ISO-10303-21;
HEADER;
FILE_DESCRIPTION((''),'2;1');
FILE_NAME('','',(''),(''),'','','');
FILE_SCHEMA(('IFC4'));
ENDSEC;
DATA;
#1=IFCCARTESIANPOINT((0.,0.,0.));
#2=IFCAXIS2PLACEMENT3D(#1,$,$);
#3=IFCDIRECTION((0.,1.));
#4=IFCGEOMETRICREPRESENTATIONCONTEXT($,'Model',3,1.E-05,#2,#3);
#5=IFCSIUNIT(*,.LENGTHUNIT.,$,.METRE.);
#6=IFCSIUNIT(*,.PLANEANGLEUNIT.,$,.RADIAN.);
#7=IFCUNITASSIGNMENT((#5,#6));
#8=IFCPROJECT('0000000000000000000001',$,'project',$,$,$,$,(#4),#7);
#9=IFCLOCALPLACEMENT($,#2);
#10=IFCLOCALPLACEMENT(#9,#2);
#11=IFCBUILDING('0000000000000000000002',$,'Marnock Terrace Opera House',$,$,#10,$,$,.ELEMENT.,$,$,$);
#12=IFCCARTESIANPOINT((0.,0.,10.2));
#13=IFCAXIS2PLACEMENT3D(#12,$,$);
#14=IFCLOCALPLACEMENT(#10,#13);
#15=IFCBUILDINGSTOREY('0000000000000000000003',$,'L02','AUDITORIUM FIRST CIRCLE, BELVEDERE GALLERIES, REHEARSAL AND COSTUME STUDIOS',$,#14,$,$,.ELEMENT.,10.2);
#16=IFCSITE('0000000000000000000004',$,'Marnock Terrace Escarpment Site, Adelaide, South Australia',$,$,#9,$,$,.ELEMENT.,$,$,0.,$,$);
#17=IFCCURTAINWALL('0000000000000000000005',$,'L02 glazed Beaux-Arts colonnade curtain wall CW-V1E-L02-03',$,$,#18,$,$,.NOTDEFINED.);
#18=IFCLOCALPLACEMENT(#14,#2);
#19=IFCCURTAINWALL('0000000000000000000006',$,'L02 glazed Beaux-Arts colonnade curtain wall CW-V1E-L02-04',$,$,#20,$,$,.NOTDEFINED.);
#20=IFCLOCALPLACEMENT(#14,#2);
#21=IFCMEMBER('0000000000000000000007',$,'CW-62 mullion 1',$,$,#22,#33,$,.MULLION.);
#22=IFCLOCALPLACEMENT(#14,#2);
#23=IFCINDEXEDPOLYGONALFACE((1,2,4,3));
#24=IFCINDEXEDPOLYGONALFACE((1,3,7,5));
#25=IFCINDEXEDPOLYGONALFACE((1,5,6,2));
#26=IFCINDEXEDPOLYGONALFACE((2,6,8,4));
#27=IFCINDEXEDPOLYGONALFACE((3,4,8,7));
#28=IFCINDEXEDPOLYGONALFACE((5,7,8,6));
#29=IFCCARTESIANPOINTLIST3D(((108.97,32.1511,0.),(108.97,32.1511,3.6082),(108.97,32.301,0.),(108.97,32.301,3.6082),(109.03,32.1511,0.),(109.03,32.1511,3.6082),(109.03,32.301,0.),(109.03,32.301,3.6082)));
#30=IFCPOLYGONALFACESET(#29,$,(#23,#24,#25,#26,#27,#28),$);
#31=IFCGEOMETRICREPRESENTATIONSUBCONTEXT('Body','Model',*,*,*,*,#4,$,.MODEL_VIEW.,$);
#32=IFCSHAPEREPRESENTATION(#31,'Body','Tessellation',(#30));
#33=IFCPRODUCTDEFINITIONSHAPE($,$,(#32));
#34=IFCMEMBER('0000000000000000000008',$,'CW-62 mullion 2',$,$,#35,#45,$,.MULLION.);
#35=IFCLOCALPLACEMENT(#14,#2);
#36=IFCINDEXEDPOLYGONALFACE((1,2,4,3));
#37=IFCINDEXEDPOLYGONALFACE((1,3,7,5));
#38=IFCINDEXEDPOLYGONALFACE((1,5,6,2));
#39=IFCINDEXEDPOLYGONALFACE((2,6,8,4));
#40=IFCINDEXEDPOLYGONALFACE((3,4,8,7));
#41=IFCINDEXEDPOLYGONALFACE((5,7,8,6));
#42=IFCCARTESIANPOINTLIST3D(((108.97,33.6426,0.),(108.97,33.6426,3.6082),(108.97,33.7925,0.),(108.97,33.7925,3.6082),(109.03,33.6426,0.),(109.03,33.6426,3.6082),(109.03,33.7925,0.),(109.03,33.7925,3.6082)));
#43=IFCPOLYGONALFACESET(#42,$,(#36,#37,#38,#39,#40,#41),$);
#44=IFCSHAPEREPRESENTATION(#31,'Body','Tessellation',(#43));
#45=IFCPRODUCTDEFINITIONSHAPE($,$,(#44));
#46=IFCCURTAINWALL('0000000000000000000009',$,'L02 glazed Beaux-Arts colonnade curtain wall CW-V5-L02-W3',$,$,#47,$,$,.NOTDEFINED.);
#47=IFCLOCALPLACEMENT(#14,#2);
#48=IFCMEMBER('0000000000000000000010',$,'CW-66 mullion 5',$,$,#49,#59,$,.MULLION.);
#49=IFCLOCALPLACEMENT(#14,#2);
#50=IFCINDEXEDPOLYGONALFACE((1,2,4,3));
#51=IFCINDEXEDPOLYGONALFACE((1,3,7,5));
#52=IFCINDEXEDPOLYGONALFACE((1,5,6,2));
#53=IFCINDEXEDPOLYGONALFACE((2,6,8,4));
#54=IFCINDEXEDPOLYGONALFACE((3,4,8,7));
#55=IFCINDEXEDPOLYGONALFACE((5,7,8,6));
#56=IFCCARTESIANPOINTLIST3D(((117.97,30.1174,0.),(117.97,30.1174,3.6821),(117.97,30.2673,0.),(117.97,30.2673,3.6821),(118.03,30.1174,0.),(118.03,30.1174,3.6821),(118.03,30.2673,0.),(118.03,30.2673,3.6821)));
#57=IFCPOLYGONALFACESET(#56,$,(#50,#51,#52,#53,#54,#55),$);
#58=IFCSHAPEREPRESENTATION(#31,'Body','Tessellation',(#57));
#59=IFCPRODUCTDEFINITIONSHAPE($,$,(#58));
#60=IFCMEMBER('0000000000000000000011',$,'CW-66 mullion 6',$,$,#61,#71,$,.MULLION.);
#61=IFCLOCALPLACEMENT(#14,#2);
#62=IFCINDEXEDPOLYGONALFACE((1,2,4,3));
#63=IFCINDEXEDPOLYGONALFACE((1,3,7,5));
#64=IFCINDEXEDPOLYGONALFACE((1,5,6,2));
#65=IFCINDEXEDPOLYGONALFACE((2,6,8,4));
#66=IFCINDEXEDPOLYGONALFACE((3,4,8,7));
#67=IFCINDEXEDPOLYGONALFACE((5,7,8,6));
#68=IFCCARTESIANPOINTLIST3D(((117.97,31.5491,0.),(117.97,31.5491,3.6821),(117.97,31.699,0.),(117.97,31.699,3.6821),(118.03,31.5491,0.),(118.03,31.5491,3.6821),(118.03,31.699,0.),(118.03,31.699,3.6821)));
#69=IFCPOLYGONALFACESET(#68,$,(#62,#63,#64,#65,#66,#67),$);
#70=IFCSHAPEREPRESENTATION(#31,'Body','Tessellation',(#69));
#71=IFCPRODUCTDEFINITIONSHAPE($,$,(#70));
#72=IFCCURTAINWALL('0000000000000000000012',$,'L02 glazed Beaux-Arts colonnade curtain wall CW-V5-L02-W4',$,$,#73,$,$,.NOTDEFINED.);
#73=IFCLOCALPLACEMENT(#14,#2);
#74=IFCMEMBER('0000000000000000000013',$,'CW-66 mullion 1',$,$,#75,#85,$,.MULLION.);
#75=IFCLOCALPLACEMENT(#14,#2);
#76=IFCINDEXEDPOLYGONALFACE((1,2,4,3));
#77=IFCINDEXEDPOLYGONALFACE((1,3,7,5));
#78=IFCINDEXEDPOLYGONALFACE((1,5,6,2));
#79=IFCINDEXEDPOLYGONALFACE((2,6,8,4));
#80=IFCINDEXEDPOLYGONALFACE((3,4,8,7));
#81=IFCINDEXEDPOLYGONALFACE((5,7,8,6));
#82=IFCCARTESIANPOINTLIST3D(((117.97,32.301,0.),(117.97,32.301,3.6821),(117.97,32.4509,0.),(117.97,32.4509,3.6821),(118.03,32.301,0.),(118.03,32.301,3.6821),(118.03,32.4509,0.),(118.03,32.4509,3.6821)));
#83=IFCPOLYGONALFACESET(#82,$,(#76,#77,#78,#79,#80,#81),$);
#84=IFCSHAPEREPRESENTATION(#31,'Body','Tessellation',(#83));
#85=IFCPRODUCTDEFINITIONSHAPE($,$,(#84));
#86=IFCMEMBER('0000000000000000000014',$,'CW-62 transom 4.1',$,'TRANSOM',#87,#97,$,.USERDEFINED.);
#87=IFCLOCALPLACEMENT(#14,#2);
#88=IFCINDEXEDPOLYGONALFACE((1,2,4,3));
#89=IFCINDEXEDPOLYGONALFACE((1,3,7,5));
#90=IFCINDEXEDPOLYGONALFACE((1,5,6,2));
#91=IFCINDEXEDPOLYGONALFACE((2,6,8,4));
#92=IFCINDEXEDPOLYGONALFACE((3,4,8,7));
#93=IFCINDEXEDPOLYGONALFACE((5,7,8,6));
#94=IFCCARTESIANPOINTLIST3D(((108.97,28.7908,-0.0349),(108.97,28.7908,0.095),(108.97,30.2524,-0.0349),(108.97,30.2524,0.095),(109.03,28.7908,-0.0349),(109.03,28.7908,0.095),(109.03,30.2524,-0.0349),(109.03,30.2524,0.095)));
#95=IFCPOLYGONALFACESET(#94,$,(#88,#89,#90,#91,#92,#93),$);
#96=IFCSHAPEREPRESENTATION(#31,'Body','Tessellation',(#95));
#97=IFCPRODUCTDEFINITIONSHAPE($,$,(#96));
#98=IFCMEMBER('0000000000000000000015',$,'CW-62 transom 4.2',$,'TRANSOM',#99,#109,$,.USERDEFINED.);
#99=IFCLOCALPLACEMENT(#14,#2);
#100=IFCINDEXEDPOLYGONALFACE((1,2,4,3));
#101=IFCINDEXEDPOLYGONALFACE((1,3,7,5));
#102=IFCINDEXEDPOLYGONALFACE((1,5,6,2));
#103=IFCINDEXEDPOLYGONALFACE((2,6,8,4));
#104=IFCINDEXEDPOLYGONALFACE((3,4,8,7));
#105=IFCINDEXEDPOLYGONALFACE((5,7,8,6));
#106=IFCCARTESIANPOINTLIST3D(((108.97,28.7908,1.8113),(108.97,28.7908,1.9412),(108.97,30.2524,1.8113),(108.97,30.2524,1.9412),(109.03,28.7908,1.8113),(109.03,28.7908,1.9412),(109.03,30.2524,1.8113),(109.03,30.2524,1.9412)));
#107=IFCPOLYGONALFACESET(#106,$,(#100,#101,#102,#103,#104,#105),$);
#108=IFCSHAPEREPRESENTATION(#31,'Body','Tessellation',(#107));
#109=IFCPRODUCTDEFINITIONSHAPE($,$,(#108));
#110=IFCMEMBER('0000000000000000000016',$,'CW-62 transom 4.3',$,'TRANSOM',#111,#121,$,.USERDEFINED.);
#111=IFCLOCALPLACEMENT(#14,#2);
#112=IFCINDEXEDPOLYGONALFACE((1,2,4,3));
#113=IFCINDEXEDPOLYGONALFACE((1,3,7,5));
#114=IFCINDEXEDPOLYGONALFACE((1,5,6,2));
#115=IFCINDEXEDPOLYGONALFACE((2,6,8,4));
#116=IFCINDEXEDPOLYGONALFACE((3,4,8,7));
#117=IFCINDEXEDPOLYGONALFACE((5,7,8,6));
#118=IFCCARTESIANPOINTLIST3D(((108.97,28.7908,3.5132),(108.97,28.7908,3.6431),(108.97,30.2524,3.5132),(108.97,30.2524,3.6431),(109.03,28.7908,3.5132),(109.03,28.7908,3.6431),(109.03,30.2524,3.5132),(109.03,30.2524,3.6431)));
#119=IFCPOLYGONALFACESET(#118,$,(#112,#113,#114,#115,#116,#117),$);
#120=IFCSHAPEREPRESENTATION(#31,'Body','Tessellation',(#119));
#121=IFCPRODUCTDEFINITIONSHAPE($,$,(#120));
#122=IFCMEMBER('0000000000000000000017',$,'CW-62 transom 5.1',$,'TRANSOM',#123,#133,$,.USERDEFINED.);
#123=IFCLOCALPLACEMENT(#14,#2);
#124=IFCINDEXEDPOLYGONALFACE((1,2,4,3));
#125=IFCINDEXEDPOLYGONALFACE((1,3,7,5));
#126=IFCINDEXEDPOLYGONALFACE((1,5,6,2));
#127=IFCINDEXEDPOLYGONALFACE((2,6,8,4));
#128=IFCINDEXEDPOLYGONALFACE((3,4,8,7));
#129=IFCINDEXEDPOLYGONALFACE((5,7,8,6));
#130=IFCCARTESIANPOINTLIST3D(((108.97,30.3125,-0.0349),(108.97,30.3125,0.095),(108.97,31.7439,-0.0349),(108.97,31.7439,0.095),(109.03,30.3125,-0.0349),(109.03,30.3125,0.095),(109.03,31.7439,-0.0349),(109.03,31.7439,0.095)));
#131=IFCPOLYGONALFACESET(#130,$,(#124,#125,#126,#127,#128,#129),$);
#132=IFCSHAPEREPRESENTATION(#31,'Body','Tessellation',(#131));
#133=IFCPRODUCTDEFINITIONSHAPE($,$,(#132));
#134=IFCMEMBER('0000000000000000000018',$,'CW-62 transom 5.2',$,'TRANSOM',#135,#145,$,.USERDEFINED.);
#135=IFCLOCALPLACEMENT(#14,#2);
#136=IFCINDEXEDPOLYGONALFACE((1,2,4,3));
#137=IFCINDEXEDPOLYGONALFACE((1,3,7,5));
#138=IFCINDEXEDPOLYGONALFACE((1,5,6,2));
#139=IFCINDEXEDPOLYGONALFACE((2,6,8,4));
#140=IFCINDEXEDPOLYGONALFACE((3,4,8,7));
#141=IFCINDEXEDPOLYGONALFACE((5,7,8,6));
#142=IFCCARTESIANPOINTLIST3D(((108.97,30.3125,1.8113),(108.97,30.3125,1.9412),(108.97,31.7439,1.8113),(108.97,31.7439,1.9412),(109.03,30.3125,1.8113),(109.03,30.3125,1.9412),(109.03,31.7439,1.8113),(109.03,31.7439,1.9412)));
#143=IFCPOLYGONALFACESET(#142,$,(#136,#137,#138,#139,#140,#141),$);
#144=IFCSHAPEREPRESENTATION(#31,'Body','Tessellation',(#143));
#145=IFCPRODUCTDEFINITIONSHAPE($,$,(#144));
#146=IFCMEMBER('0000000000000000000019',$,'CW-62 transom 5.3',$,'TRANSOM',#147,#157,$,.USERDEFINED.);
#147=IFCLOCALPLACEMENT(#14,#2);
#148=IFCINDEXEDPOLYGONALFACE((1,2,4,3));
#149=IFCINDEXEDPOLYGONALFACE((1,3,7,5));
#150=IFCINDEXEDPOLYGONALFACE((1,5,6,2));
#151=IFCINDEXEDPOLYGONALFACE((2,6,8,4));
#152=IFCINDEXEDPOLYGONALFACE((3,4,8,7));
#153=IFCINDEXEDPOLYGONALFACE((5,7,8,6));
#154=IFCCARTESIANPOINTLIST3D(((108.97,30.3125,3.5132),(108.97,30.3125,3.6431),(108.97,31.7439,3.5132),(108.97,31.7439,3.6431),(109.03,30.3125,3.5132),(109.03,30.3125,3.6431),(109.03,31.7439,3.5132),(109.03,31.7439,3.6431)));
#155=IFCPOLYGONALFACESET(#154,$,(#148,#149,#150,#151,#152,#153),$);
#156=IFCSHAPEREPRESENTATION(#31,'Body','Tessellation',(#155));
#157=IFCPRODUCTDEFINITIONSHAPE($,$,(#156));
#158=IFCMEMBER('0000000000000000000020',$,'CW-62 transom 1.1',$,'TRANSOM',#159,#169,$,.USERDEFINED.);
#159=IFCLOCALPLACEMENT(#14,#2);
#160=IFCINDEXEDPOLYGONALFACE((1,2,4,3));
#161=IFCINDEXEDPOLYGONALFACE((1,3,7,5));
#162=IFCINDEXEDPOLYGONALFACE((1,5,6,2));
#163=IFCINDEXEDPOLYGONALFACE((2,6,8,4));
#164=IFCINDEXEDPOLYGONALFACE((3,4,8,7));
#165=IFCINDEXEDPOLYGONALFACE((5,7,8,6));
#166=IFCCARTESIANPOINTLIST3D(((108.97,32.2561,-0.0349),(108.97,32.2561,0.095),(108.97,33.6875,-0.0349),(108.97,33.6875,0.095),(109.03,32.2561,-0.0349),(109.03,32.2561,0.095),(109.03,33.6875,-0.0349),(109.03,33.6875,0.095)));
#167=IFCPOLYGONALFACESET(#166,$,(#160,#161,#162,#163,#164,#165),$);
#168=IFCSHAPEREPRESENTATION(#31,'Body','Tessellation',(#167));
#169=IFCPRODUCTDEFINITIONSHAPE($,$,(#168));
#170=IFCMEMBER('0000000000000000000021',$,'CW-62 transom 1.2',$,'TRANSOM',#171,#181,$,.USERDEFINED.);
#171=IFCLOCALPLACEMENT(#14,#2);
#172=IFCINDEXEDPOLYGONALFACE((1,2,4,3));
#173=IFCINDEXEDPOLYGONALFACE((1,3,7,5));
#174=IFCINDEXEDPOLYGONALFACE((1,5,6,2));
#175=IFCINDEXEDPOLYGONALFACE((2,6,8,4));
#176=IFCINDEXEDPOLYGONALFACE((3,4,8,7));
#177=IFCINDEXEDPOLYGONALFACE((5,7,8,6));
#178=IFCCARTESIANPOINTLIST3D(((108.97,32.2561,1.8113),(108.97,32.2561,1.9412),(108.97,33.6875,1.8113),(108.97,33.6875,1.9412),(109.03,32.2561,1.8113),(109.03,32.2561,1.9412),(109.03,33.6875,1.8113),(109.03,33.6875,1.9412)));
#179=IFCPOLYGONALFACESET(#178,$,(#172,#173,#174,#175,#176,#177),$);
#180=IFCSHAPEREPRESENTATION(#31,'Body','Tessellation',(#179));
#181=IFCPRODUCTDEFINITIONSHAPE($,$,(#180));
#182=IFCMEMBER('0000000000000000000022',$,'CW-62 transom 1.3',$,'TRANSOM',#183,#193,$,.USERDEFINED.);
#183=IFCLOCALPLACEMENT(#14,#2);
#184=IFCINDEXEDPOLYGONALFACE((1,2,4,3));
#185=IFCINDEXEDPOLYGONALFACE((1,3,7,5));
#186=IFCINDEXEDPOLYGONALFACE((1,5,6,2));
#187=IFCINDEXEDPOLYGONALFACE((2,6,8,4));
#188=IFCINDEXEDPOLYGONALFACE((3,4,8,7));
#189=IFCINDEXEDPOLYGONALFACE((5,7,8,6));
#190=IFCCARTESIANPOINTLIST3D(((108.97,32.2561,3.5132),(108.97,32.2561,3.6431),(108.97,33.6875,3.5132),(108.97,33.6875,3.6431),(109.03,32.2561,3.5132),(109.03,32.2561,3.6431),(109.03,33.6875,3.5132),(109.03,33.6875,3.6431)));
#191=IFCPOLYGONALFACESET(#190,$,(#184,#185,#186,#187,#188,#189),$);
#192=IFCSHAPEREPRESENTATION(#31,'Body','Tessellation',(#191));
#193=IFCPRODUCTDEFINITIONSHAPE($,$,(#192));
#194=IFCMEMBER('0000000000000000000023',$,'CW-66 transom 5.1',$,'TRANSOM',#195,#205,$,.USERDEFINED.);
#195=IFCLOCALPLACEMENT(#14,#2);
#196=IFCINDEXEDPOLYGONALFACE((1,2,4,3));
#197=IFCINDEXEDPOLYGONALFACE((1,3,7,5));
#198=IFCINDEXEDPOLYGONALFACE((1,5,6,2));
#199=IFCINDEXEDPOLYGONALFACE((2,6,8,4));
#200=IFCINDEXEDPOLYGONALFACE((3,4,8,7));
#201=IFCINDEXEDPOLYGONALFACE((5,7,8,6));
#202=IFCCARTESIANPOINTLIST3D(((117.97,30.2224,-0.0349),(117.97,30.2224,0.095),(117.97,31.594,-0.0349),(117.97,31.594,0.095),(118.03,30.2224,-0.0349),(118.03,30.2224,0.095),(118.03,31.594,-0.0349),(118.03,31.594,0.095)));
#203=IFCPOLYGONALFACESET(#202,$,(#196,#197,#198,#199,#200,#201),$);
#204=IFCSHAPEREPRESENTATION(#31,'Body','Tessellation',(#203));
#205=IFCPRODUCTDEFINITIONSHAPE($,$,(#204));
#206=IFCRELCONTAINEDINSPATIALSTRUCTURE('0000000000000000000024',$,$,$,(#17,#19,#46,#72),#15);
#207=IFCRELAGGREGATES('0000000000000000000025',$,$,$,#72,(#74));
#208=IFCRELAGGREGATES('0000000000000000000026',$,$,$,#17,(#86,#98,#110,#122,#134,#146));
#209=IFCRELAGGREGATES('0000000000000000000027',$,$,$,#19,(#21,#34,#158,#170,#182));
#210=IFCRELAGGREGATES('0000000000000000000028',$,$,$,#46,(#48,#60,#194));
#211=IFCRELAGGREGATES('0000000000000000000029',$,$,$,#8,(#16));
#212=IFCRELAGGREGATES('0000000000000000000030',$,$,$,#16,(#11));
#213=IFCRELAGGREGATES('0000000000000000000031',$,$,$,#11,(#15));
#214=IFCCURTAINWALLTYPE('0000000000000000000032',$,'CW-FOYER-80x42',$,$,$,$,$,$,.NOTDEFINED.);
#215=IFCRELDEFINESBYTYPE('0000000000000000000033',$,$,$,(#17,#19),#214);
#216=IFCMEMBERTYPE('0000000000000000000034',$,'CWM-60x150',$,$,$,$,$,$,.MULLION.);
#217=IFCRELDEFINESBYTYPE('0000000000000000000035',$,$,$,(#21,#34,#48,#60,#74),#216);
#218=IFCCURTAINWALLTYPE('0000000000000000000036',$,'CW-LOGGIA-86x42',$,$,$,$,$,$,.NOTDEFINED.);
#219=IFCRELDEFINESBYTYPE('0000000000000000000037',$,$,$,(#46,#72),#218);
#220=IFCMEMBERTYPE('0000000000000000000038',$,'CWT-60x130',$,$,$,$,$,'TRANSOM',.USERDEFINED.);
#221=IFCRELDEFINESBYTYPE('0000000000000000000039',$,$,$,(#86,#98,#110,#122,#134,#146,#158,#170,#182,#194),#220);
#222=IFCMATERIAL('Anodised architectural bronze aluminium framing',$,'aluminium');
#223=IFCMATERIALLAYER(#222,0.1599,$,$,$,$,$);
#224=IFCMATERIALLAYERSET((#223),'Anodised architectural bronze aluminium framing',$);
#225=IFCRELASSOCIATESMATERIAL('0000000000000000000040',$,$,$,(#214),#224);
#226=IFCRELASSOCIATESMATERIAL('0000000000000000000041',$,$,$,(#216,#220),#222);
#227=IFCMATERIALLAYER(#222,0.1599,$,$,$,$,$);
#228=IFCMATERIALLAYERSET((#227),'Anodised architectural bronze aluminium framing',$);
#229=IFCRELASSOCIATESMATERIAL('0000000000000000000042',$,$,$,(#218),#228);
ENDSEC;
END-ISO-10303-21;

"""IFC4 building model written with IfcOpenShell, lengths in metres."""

from ifc_helpers import new_model, si_unit, direction, frame, origin, origin_2d, place, context, subcontext, project, spatial, rectangle, extrude, material, layer, layer_set, material_profile, profile_set, type_object, element, aggregate, save


model = new_model("IFC4")

# Units and contexts
model_context = context("Model", 3, precision=1e-05, world=origin(), true_north=direction((0.0, 1.0)))
body_context = subcontext(model_context, "Body", "Model", "MODEL_VIEW")
ifc_project = project(units=[si_unit("LENGTHUNIT", "METRE"), si_unit("PLANEANGLEUNIT", "RADIAN")], contexts=[model_context])

# Site, building, storey
site_placement = place(None, origin())
site = spatial("IfcSite", under=ifc_project, at=site_placement, Name="Marnock Terrace Escarpment Site, Adelaide, South Australia", CompositionType="ELEMENT", RefElevation=0.0)
building_placement = place(site_placement, origin())
building = spatial("IfcBuilding", under=site, at=building_placement, Name="Marnock Terrace Opera House", CompositionType="ELEMENT")
storey_placement = place(building_placement, frame((0.0, 0.0, 10.2)))
storey = spatial("IfcBuildingStorey", under=building, at=storey_placement, Name="L02", Description="AUDITORIUM FIRST CIRCLE, BELVEDERE GALLERIES, REHEARSAL AND COSTUME STUDIOS", CompositionType="ELEMENT", Elevation=10.2)

# Curtain walls, members
ifc_material_1 = material(Name="Anodised architectural bronze aluminium framing", Category="aluminium")
ifc_layer_1 = layer(ifc_material_1, 0.1599)
ifc_layer_set_1 = layer_set([ifc_layer_1], Name="Anodised architectural bronze aluminium framing")
curtain_wall_type_1 = type_object("IfcCurtainWallType", Name="CW-FOYER-80x42", PredefinedType="NOTDEFINED", material=ifc_layer_set_1)
curtain_wall_1_placement = place(storey_placement, origin())
curtain_wall_1 = element("IfcCurtainWall", 1, at=curtain_wall_1_placement, inside=storey, type_object=curtain_wall_type_1, Name="L02 glazed Beaux-Arts colonnade curtain wall CW-V1E-L02-03", PredefinedType="NOTDEFINED")
ifc_material_profile_1 = material_profile(ifc_material_1, rectangle(XDim=0.0601, YDim=0.1499, at=origin_2d()))
ifc_profile_set_1 = profile_set([ifc_material_profile_1], Name="Anodised architectural bronze aluminium framing")
member_type_1 = type_object("IfcMemberType", Name="CWM-60x150", PredefinedType="MULLION", material=ifc_profile_set_1)
curtain_wall_2_placement = place(storey_placement, origin())
curtain_wall_2 = element("IfcCurtainWall", 2, at=curtain_wall_2_placement, inside=storey, type_object=curtain_wall_type_1, Name="L02 glazed Beaux-Arts colonnade curtain wall CW-V1E-L02-04", PredefinedType="NOTDEFINED")
member_1_placement = place(storey_placement, frame((109.0, 32.2261, 0.0), z_axis=(0.0, 0.0, 1.0), x_axis=(-1.0, 0.0, 0.0)))
member_1 = element("IfcMember", 3, at=member_1_placement, type_object=member_type_1, Name="CW-62 mullion 1", PredefinedType="MULLION", context=body_context, shape_type="SweptSolid", body=[
    extrude(rectangle(XDim=0.0601, YDim=0.1499, at=origin_2d()), origin(), (0.0, 0.0, 1.0), 3.6082),
])
member_2_placement = place(storey_placement, frame((109.0, 33.7175, 0.0), z_axis=(0.0, 0.0, 1.0), x_axis=(-1.0, 0.0, 0.0)))
member_2 = element("IfcMember", 4, at=member_2_placement, type_object=member_type_1, Name="CW-62 mullion 2", PredefinedType="MULLION", context=body_context, shape_type="SweptSolid", body=[
    extrude(rectangle(XDim=0.0601, YDim=0.1499, at=origin_2d()), origin(), (0.0, 0.0, 1.0), 3.6082),
])
ifc_layer_2 = layer(ifc_material_1, 0.1599)
ifc_layer_set_2 = layer_set([ifc_layer_2], Name="Anodised architectural bronze aluminium framing")
curtain_wall_type_2 = type_object("IfcCurtainWallType", Name="CW-LOGGIA-86x42", PredefinedType="NOTDEFINED", material=ifc_layer_set_2)
curtain_wall_3_placement = place(storey_placement, origin())
curtain_wall_3 = element("IfcCurtainWall", 5, at=curtain_wall_3_placement, inside=storey, type_object=curtain_wall_type_2, Name="L02 glazed Beaux-Arts colonnade curtain wall CW-V5-L02-W3", PredefinedType="NOTDEFINED")
member_3_placement = place(storey_placement, frame((118.0, 30.1924, 0.0), z_axis=(0.0, 0.0, 1.0), x_axis=(-1.0, 0.0, 0.0)))
member_3 = element("IfcMember", 6, at=member_3_placement, type_object=member_type_1, Name="CW-66 mullion 5", PredefinedType="MULLION", context=body_context, shape_type="SweptSolid", body=[
    extrude(rectangle(XDim=0.0601, YDim=0.1499, at=origin_2d()), origin(), (0.0, 0.0, 1.0), 3.6821),
])
member_4_placement = place(storey_placement, frame((118.0, 31.624, 0.0), z_axis=(0.0, 0.0, 1.0), x_axis=(-1.0, 0.0, 0.0)))
member_4 = element("IfcMember", 7, at=member_4_placement, type_object=member_type_1, Name="CW-66 mullion 6", PredefinedType="MULLION", context=body_context, shape_type="SweptSolid", body=[
    extrude(rectangle(XDim=0.0601, YDim=0.1499, at=origin_2d()), origin(), (0.0, 0.0, 1.0), 3.6821),
])

# Curtain wall, member
curtain_wall_4_placement = place(storey_placement, origin())
curtain_wall_4 = element("IfcCurtainWall", 8, at=curtain_wall_4_placement, inside=storey, type_object=curtain_wall_type_2, Name="L02 glazed Beaux-Arts colonnade curtain wall CW-V5-L02-W4", PredefinedType="NOTDEFINED")
member_5_placement = place(storey_placement, frame((118.0, 32.376, 0.0), z_axis=(0.0, 0.0, 1.0), x_axis=(-1.0, 0.0, 0.0)))
member_5 = element("IfcMember", 9, at=member_5_placement, type_object=member_type_1, Name="CW-66 mullion 1", PredefinedType="MULLION", context=body_context, shape_type="SweptSolid", body=[
    extrude(rectangle(XDim=0.0601, YDim=0.1499, at=origin_2d()), origin(), (0.0, 0.0, 1.0), 3.6821),
])

# Members
ifc_material_profile_2 = material_profile(ifc_material_1, rectangle(XDim=0.0601, YDim=0.1299, at=origin_2d()))
ifc_profile_set_2 = profile_set([ifc_material_profile_2], Name="Anodised architectural bronze aluminium framing")
member_type_2 = type_object("IfcMemberType", Name="CWT-60x130", ElementType="TRANSOM", PredefinedType="USERDEFINED", material=ifc_profile_set_2)
member_6_placement = place(storey_placement, frame((109.0, 28.7908, 0.03), z_axis=(0.0, 1.0, 0.0), x_axis=(-1.0, 0.0, 0.0)))
member_6 = element("IfcMember", 10, at=member_6_placement, type_object=member_type_2, Name="CW-62 transom 4.1", ObjectType="TRANSOM", PredefinedType="USERDEFINED", context=body_context, shape_type="SweptSolid", body=[
    extrude(rectangle(XDim=0.0601, YDim=0.1299, at=origin_2d()), origin(), (0.0, 0.0, 1.0), 1.4617),
])
member_7_placement = place(storey_placement, frame((109.0, 28.7908, 1.8762), z_axis=(0.0, 1.0, 0.0), x_axis=(-1.0, 0.0, 0.0)))
member_7 = element("IfcMember", 11, at=member_7_placement, type_object=member_type_2, Name="CW-62 transom 4.2", ObjectType="TRANSOM", PredefinedType="USERDEFINED", context=body_context, shape_type="SweptSolid", body=[
    extrude(rectangle(XDim=0.0601, YDim=0.1299, at=origin_2d()), origin(), (0.0, 0.0, 1.0), 1.4617),
])
member_8_placement = place(storey_placement, frame((109.0, 28.7908, 3.5781), z_axis=(0.0, 1.0, 0.0), x_axis=(-1.0, 0.0, 0.0)))
member_8 = element("IfcMember", 12, at=member_8_placement, type_object=member_type_2, Name="CW-62 transom 4.3", ObjectType="TRANSOM", PredefinedType="USERDEFINED", context=body_context, shape_type="SweptSolid", body=[
    extrude(rectangle(XDim=0.0601, YDim=0.1299, at=origin_2d()), origin(), (0.0, 0.0, 1.0), 1.4617),
])
member_9_placement = place(storey_placement, frame((109.0, 30.3125, 0.03), z_axis=(0.0, 1.0, 0.0), x_axis=(-1.0, 0.0, 0.0)))
member_9 = element("IfcMember", 13, at=member_9_placement, type_object=member_type_2, Name="CW-62 transom 5.1", ObjectType="TRANSOM", PredefinedType="USERDEFINED", context=body_context, shape_type="SweptSolid", body=[
    extrude(rectangle(XDim=0.0601, YDim=0.1299, at=origin_2d()), origin(), (0.0, 0.0, 1.0), 1.4314),
])
member_10_placement = place(storey_placement, frame((109.0, 30.3125, 1.8762), z_axis=(0.0, 1.0, 0.0), x_axis=(-1.0, 0.0, 0.0)))
member_10 = element("IfcMember", 14, at=member_10_placement, type_object=member_type_2, Name="CW-62 transom 5.2", ObjectType="TRANSOM", PredefinedType="USERDEFINED", context=body_context, shape_type="SweptSolid", body=[
    extrude(rectangle(XDim=0.0601, YDim=0.1299, at=origin_2d()), origin(), (0.0, 0.0, 1.0), 1.4314),
])
member_11_placement = place(storey_placement, frame((109.0, 30.3125, 3.5781), z_axis=(0.0, 1.0, 0.0), x_axis=(-1.0, 0.0, 0.0)))
member_11 = element("IfcMember", 15, at=member_11_placement, type_object=member_type_2, Name="CW-62 transom 5.3", ObjectType="TRANSOM", PredefinedType="USERDEFINED", context=body_context, shape_type="SweptSolid", body=[
    extrude(rectangle(XDim=0.0601, YDim=0.1299, at=origin_2d()), origin(), (0.0, 0.0, 1.0), 1.4314),
])
member_12_placement = place(storey_placement, frame((109.0, 32.2561, 0.03), z_axis=(0.0, 1.0, 0.0), x_axis=(-1.0, 0.0, 0.0)))
member_12 = element("IfcMember", 16, at=member_12_placement, type_object=member_type_2, Name="CW-62 transom 1.1", ObjectType="TRANSOM", PredefinedType="USERDEFINED", context=body_context, shape_type="SweptSolid", body=[
    extrude(rectangle(XDim=0.0601, YDim=0.1299, at=origin_2d()), origin(), (0.0, 0.0, 1.0), 1.4314),
])
member_13_placement = place(storey_placement, frame((109.0, 32.2561, 1.8762), z_axis=(0.0, 1.0, 0.0), x_axis=(-1.0, 0.0, 0.0)))
member_13 = element("IfcMember", 17, at=member_13_placement, type_object=member_type_2, Name="CW-62 transom 1.2", ObjectType="TRANSOM", PredefinedType="USERDEFINED", context=body_context, shape_type="SweptSolid", body=[
    extrude(rectangle(XDim=0.0601, YDim=0.1299, at=origin_2d()), origin(), (0.0, 0.0, 1.0), 1.4314),
])
member_14_placement = place(storey_placement, frame((109.0, 32.2561, 3.5781), z_axis=(0.0, 1.0, 0.0), x_axis=(-1.0, 0.0, 0.0)))
member_14 = element("IfcMember", 18, at=member_14_placement, type_object=member_type_2, Name="CW-62 transom 1.3", ObjectType="TRANSOM", PredefinedType="USERDEFINED", context=body_context, shape_type="SweptSolid", body=[
    extrude(rectangle(XDim=0.0601, YDim=0.1299, at=origin_2d()), origin(), (0.0, 0.0, 1.0), 1.4314),
])
member_15_placement = place(storey_placement, frame((118.0, 30.2224, 0.03), z_axis=(0.0, 1.0, 0.0), x_axis=(-1.0, 0.0, 0.0)))
member_15 = element("IfcMember", 19, at=member_15_placement, type_object=member_type_2, Name="CW-66 transom 5.1", ObjectType="TRANSOM", PredefinedType="USERDEFINED", context=body_context, shape_type="SweptSolid", body=[
    extrude(rectangle(XDim=0.0601, YDim=0.1299, at=origin_2d()), origin(), (0.0, 0.0, 1.0), 1.3716),
])
aggregate(curtain_wall_4, [member_5])

aggregate(curtain_wall_1, [member_6, member_7, member_8, member_9, member_10, member_11])
aggregate(curtain_wall_2, [member_1, member_2, member_12, member_13, member_14])
aggregate(curtain_wall_3, [member_3, member_4, member_15])

save(model, "model.ifc")
